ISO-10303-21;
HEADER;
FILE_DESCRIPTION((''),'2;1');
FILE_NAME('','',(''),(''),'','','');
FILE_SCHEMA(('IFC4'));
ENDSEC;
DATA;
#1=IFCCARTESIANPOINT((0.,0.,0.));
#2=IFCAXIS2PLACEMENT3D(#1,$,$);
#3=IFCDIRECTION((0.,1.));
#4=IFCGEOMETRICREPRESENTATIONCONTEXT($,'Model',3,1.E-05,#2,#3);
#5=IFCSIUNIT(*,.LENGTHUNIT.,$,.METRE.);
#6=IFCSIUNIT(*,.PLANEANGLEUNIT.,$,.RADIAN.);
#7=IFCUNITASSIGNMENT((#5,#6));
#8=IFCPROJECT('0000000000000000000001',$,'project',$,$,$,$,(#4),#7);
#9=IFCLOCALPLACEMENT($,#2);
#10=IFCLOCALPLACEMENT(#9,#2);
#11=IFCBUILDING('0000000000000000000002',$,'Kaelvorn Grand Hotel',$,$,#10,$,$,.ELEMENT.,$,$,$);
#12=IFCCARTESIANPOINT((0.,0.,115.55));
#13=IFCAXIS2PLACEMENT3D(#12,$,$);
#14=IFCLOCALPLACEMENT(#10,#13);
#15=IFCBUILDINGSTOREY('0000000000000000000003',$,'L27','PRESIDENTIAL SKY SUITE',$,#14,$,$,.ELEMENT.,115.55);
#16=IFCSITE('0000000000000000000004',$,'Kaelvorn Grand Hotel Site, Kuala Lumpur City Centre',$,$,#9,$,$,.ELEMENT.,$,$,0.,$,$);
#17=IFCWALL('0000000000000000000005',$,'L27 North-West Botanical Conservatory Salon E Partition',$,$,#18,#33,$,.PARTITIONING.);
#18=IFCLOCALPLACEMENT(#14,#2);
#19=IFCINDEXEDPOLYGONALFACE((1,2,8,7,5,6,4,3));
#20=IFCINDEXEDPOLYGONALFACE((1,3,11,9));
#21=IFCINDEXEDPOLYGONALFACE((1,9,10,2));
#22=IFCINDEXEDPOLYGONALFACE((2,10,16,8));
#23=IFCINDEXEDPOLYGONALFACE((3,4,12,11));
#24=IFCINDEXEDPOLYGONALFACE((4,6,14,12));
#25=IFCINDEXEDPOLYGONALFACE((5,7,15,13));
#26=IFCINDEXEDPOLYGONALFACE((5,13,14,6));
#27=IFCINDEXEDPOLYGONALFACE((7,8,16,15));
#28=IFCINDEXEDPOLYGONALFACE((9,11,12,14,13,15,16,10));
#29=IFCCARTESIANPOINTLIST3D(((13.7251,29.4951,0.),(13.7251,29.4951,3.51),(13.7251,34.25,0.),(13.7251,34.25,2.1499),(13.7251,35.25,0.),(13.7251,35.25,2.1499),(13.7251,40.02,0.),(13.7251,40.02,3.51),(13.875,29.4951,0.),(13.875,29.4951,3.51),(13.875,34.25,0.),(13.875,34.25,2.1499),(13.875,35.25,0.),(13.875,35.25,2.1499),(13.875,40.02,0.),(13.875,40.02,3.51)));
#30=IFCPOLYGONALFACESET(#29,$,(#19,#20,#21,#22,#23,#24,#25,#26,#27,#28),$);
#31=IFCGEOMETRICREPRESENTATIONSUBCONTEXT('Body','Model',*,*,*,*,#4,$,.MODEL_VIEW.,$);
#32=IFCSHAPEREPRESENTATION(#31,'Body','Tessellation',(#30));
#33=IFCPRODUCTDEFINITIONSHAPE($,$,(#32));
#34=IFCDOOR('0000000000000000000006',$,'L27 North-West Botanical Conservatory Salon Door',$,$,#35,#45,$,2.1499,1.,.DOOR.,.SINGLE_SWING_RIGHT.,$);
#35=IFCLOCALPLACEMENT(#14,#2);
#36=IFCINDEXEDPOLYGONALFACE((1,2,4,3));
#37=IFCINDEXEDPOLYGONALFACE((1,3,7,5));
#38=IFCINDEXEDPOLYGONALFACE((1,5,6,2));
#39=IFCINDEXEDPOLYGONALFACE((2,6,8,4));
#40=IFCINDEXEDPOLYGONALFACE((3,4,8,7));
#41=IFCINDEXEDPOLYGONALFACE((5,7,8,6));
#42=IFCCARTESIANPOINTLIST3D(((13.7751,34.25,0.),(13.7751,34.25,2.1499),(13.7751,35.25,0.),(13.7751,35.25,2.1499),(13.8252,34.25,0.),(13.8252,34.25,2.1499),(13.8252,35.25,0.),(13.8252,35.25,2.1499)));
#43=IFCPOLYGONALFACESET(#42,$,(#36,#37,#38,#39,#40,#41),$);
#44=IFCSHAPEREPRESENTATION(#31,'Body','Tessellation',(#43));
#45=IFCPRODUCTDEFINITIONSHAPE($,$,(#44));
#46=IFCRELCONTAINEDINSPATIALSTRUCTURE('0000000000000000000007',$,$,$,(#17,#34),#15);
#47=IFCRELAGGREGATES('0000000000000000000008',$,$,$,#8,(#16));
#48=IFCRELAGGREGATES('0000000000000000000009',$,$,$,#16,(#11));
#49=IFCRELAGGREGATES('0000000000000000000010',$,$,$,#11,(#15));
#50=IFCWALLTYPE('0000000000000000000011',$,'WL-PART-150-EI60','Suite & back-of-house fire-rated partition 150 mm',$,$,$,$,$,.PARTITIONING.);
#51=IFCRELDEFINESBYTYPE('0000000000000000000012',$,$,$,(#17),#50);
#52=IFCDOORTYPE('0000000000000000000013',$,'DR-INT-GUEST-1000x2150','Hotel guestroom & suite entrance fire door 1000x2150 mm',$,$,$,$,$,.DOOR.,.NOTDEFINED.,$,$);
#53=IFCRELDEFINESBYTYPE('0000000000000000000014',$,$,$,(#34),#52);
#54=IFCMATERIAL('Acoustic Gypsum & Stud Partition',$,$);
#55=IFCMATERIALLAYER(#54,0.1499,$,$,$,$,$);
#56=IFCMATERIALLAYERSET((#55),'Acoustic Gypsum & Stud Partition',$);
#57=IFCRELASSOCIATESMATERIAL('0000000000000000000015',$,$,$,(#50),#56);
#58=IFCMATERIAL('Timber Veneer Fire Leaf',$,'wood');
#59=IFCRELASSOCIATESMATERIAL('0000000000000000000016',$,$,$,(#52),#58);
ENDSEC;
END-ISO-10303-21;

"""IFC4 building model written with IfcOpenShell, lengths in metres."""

from ifc_helpers import new_model, si_unit, direction, frame, frame_2d, origin, place, context, subcontext, project, spatial, rectangle, extrude, material, layer, layer_set, type_object, element, fill, save


model = new_model("IFC4")

# Units and contexts
model_context = context("Model", 3, precision=1e-05, world=origin(), true_north=direction((0.0, 1.0)))
body_context = subcontext(model_context, "Body", "Model", "MODEL_VIEW")
ifc_project = project(units=[si_unit("LENGTHUNIT", "METRE"), si_unit("PLANEANGLEUNIT", "RADIAN")], contexts=[model_context])

# Site, building, storey
site_placement = place(None, origin())
site = spatial("IfcSite", under=ifc_project, at=site_placement, Name="Kaelvorn Grand Hotel Site, Kuala Lumpur City Centre", CompositionType="ELEMENT", RefElevation=0.0)
building_placement = place(site_placement, origin())
building = spatial("IfcBuilding", under=site, at=building_placement, Name="Kaelvorn Grand Hotel", CompositionType="ELEMENT")
storey_placement = place(building_placement, frame((0.0, 0.0, 115.55)))
storey = spatial("IfcBuildingStorey", under=building, at=storey_placement, Name="L27", Description="PRESIDENTIAL SKY SUITE", CompositionType="ELEMENT", Elevation=115.55)

# Shared definitions
ifc_material_1 = material(Name="Acoustic Gypsum & Stud Partition")
ifc_layer_1 = layer(ifc_material_1, 0.1499)
ifc_layer_set_1 = layer_set([ifc_layer_1], Name="Acoustic Gypsum & Stud Partition")
wall_type_1 = type_object("IfcWallType", Name="WL-PART-150-EI60", Description="Suite & back-of-house fire-rated partition 150 mm", PredefinedType="PARTITIONING", material=ifc_layer_set_1)

# Wall, opening, door
wall_1_placement = place(storey_placement, frame((13.8, 29.4951, 0.0), z_axis=(0.0, 0.0, 1.0), x_axis=(0.0, 1.0, 0.0)))
wall_1 = element("IfcWall", 1, at=wall_1_placement, inside=storey, type_object=wall_type_1, Name="L27 North-West Botanical Conservatory Salon E Partition", PredefinedType="PARTITIONING", context=body_context, shape_type="SweptSolid", body=[
    extrude(rectangle(XDim=10.5249, YDim=0.1499, at=frame_2d((5.2625, 0.0))), origin(), (0.0, 0.0, 1.0), 3.51),
])
opening_1_placement = place(wall_1_placement, frame((4.7549, 0.0, 0.0)))
opening_1 = element("IfcOpeningElement", 2, at=opening_1_placement, cuts=wall_1, PredefinedType="OPENING", context=body_context, shape_type="SweptSolid", body=[
    extrude(rectangle(XDim=1.0, YDim=2.1499, at=frame_2d((0.5, 1.075))), frame((0.0, 0.085, 0.0), z_axis=(0.0, -1.0, 0.0), x_axis=(1.0, 0.0, 0.0)), (0.0, 0.0, 1.0), 0.1699),
])
ifc_material_2 = material(Name="Timber Veneer Fire Leaf", Category="wood")
door_type = type_object("IfcDoorType", Name="DR-INT-GUEST-1000x2150", Description="Hotel guestroom & suite entrance fire door 1000x2150 mm", OperationType="NOTDEFINED", PredefinedType="DOOR", material=ifc_material_2)
door_placement = place(opening_1_placement, origin())
door = element("IfcDoor", 3, at=door_placement, inside=storey, type_object=door_type, Name="L27 North-West Botanical Conservatory Salon Door", OperationType="SINGLE_SWING_RIGHT", OverallHeight=2.1499, OverallWidth=1.0, PredefinedType="DOOR", context=body_context, shape_type="SweptSolid", body=[
    extrude(rectangle(XDim=1.0, YDim=2.1499, at=frame_2d((0.5, 1.075))), frame((0.0, 0.0249, 0.0), z_axis=(0.0, -1.0, 0.0), x_axis=(1.0, 0.0, 0.0)), (0.0, 0.0, 1.0), 0.05),
])
fill(opening_1, door)

save(model, "model.ifc")
